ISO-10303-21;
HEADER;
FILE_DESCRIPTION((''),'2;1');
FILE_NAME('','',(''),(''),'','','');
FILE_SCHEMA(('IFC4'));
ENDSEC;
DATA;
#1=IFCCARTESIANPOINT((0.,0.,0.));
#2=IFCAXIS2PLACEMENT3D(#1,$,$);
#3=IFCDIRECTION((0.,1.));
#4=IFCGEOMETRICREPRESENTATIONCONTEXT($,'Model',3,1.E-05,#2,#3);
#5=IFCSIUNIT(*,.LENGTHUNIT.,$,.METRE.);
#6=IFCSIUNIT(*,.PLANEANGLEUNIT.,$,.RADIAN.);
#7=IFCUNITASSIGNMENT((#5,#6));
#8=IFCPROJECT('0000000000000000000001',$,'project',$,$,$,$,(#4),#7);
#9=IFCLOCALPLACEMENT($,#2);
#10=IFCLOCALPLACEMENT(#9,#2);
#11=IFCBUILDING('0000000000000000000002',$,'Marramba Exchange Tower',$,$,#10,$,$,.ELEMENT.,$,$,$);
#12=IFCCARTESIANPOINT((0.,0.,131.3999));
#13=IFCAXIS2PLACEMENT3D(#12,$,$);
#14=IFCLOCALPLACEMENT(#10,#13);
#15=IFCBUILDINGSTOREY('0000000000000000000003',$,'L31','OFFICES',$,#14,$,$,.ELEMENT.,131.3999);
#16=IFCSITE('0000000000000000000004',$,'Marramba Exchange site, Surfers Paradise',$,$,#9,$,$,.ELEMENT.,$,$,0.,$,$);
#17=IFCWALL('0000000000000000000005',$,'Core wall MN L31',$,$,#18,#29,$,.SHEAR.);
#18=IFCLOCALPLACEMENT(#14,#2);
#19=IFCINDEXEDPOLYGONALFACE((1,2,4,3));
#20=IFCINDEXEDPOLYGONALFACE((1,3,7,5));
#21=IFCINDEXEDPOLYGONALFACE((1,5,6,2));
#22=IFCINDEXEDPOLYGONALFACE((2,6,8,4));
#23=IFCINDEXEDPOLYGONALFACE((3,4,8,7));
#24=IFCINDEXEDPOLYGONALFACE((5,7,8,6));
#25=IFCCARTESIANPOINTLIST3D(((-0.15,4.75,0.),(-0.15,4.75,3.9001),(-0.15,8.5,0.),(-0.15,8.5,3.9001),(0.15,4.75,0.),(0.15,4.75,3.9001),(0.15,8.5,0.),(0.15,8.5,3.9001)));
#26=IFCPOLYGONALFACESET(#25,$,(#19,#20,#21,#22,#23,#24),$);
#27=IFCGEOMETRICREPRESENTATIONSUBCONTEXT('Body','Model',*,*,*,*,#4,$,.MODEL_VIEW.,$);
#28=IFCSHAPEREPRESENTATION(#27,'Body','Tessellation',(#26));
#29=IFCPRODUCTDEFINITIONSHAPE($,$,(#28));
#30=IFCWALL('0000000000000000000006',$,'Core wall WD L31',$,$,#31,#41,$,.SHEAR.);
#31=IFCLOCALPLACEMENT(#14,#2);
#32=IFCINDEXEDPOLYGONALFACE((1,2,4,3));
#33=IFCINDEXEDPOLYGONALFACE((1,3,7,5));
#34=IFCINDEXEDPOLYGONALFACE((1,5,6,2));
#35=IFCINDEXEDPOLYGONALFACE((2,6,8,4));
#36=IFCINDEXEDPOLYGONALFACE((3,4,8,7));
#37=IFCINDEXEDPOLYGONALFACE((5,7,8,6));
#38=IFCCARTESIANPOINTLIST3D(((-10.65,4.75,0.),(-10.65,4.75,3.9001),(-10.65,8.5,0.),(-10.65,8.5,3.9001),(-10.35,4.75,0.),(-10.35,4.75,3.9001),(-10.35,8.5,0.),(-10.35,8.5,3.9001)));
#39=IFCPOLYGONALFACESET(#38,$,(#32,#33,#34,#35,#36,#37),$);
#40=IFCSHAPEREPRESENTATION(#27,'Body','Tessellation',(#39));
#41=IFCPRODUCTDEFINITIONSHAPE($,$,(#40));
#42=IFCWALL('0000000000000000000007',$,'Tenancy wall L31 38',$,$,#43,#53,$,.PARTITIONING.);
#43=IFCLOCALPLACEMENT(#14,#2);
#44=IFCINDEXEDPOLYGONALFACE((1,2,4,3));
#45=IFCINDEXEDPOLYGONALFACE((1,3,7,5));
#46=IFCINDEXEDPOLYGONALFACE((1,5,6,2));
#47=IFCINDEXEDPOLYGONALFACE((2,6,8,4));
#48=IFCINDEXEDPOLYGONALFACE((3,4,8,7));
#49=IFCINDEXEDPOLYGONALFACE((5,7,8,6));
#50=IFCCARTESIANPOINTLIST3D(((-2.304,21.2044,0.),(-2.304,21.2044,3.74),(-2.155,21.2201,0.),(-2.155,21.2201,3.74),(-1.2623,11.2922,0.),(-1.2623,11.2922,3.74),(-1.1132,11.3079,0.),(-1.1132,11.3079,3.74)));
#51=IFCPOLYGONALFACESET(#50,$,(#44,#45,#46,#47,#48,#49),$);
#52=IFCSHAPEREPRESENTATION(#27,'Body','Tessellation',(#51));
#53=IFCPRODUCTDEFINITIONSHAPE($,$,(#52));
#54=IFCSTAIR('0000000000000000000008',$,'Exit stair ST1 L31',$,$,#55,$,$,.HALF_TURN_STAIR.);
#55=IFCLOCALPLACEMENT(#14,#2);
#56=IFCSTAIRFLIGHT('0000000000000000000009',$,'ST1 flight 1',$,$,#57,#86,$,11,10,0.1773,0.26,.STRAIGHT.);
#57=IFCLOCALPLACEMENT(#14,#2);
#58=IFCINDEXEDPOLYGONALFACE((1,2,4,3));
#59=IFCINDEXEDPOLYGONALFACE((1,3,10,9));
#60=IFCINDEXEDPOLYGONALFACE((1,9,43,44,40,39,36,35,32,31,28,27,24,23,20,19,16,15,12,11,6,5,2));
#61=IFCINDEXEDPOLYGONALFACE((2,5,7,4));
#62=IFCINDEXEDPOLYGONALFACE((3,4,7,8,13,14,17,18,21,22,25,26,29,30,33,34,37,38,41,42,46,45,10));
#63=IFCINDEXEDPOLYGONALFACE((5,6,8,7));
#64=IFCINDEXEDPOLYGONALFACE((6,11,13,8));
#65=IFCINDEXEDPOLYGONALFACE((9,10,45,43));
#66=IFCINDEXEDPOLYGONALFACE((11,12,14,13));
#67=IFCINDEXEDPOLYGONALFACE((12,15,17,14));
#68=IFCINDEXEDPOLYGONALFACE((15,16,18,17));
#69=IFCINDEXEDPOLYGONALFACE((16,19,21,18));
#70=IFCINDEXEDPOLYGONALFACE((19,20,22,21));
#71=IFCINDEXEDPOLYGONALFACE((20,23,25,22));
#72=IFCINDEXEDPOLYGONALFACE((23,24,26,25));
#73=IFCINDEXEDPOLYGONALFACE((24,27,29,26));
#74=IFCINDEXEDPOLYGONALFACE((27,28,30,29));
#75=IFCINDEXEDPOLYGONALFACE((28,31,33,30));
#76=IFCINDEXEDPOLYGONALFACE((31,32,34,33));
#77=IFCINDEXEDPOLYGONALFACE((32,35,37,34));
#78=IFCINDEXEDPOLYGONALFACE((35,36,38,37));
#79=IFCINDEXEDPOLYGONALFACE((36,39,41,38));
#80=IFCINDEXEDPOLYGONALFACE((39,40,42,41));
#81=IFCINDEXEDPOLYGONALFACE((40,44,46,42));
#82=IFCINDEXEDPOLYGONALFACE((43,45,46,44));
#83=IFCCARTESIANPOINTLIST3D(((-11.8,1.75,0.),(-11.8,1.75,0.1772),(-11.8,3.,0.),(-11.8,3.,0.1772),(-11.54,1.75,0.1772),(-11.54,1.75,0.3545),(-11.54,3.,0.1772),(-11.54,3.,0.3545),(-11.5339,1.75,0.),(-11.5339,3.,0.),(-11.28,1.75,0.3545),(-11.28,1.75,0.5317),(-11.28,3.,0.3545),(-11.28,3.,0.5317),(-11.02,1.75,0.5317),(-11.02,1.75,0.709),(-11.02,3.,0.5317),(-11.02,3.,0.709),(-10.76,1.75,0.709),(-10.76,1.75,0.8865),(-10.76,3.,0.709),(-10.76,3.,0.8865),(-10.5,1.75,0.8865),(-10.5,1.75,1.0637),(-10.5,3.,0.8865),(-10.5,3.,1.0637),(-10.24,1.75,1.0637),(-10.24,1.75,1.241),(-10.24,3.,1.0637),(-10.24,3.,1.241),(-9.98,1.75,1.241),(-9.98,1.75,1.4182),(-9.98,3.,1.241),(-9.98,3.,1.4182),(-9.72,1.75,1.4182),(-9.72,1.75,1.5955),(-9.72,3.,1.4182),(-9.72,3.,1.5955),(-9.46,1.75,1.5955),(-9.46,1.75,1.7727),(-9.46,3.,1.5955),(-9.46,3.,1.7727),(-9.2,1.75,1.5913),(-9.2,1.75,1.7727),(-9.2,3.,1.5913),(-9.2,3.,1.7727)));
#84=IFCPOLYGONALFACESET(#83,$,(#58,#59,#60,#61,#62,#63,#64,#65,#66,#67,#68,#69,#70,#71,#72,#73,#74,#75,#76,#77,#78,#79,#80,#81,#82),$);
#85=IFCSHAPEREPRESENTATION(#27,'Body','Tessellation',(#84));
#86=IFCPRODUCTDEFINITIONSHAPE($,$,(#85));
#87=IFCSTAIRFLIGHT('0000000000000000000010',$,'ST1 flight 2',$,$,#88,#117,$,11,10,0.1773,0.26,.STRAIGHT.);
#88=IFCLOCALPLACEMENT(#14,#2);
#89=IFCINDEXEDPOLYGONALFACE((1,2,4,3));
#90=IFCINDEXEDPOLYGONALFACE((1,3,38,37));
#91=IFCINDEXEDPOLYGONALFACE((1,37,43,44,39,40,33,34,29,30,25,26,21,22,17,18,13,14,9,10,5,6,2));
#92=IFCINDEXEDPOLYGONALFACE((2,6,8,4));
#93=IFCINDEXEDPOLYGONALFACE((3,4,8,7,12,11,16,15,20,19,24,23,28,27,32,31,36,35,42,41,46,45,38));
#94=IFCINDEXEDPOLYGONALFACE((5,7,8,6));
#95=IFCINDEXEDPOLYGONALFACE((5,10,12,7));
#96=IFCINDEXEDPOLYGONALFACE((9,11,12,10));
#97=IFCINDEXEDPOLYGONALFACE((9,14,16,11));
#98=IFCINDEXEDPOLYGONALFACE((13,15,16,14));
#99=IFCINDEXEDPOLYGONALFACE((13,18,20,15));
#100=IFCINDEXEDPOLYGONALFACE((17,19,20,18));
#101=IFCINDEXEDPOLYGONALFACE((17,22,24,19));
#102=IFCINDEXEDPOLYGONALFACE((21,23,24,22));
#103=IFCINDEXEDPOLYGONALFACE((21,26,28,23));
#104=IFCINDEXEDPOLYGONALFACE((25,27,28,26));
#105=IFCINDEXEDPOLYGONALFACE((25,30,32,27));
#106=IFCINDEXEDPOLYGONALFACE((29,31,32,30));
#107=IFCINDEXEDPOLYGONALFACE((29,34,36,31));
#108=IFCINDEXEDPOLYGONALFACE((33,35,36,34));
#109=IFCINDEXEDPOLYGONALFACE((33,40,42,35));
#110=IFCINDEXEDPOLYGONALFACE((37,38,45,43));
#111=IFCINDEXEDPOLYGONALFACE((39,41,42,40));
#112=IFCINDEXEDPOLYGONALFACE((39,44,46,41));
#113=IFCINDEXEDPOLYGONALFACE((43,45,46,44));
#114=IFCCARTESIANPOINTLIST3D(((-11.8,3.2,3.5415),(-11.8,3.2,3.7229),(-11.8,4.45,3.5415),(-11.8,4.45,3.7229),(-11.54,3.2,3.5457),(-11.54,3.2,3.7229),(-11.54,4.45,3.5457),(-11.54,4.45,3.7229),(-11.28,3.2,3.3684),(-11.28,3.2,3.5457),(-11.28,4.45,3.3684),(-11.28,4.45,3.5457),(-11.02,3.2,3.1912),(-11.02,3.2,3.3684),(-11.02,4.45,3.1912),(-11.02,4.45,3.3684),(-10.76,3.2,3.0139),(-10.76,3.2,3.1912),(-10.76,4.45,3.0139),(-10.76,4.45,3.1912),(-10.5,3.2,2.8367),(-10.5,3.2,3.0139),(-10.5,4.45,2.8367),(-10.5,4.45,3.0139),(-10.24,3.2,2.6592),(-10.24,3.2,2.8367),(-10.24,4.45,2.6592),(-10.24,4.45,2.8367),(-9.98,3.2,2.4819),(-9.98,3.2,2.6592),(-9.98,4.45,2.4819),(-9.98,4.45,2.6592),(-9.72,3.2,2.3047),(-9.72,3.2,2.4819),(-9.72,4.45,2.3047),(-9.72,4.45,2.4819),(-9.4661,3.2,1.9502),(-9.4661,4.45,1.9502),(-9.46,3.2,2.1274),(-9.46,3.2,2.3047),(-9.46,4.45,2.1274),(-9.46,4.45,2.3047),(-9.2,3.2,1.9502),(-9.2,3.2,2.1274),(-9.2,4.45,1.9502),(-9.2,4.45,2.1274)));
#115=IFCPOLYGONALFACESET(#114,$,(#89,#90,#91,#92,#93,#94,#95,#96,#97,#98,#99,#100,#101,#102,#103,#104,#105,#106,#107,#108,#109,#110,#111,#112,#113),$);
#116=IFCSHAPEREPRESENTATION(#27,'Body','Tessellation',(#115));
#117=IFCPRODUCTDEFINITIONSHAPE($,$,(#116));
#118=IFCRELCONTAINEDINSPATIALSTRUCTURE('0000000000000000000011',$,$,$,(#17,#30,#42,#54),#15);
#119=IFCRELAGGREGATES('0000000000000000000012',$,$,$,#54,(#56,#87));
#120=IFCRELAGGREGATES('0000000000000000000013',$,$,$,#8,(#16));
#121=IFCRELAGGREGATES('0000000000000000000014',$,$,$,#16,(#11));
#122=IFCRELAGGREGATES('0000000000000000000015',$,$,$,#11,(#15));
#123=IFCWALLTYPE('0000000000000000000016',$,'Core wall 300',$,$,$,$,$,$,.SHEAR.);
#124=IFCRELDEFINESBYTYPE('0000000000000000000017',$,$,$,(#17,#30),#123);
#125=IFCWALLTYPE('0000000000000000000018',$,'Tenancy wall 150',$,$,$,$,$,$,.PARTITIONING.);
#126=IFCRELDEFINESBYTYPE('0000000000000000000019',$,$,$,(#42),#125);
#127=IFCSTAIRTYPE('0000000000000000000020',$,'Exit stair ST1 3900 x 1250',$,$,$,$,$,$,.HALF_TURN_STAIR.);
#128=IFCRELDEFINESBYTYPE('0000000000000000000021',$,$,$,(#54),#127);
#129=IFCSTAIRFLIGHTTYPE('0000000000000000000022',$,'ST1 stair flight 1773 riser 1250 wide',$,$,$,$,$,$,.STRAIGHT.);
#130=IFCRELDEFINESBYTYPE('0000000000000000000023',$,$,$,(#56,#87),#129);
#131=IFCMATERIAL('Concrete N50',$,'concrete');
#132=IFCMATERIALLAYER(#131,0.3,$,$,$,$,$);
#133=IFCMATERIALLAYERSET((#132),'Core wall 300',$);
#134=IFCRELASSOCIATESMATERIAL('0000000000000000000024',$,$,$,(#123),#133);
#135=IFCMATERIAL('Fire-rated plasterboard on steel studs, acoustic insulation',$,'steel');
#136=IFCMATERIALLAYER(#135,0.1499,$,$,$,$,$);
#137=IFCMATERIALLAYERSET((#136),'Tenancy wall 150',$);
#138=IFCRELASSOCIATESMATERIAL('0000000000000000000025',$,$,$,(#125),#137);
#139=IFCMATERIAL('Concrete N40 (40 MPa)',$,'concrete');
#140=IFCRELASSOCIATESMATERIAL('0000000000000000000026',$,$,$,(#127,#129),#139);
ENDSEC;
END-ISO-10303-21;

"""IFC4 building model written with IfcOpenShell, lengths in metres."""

from ifc_helpers import new_model, si_unit, direction, frame, frame_2d, origin, place, context, subcontext, project, spatial, polyline, rectangle, outline, extrude, material, layer, layer_set, type_object, element, aggregate, save


model = new_model("IFC4")

# Units and contexts
model_context = context("Model", 3, precision=1e-05, world=origin(), true_north=direction((0.0, 1.0)))
body_context = subcontext(model_context, "Body", "Model", "MODEL_VIEW")
ifc_project = project(units=[si_unit("LENGTHUNIT", "METRE"), si_unit("PLANEANGLEUNIT", "RADIAN")], contexts=[model_context])

# Site, building, storey
site_placement = place(None, origin())
site = spatial("IfcSite", under=ifc_project, at=site_placement, Name="Marramba Exchange site, Surfers Paradise", CompositionType="ELEMENT", RefElevation=0.0)
building_placement = place(site_placement, origin())
building = spatial("IfcBuilding", under=site, at=building_placement, Name="Marramba Exchange Tower", CompositionType="ELEMENT")
storey_placement = place(building_placement, frame((0.0, 0.0, 131.3999)))
storey = spatial("IfcBuildingStorey", under=building, at=storey_placement, Name="L31", Description="OFFICES", CompositionType="ELEMENT", Elevation=131.3999)

# Shared definitions
ifc_material_1 = material(Name="Concrete N50", Category="concrete")

# Walls
ifc_layer_1 = layer(ifc_material_1, 0.3)
ifc_layer_set_1 = layer_set([ifc_layer_1], Name="Core wall 300")
wall_type_1 = type_object("IfcWallType", Name="Core wall 300", PredefinedType="SHEAR", material=ifc_layer_set_1)
for number, where, z_axis, x_axis, name in (
    (1, (0.0, 4.75, 0.0), (0.0, 0.0, 1.0), (0.0, 1.0, 0.0), "Core wall MN L31"),
    (2, (-10.5, 4.75, 0.0), (0.0, 0.0, 1.0), (0.0, 1.0, 0.0), "Core wall WD L31"),
):
    element("IfcWall", number, at=place(storey_placement, frame(where, z_axis=z_axis, x_axis=x_axis)), inside=storey, type_object=wall_type_1, Name=name, PredefinedType="SHEAR", context=body_context, shape_type="SweptSolid", body=[
        extrude(rectangle(XDim=3.75, YDim=0.3, at=frame_2d((1.875, 0.0))), origin(), (0.0, 0.0, 1.0), 3.9001),
    ])
ifc_material_2 = material(Name="Fire-rated plasterboard on steel studs, acoustic insulation", Category="steel")
ifc_layer_2 = layer(ifc_material_2, 0.1499)
ifc_layer_set_2 = layer_set([ifc_layer_2], Name="Tenancy wall 150")
wall_type_2 = type_object("IfcWallType", Name="Tenancy wall 150", PredefinedType="PARTITIONING", material=ifc_layer_set_2)
wall_1_placement = place(storey_placement, frame((-1.1877, 11.3, 0.0), z_axis=(0.0, 0.0, 1.0), x_axis=(-0.104523, 0.994522, 0.0)))
element("IfcWall", 3, at=wall_1_placement, inside=storey, type_object=wall_type_2, Name="Tenancy wall L31 38", PredefinedType="PARTITIONING", context=body_context, shape_type="SweptSolid", body=[
    extrude(rectangle(XDim=9.9668, YDim=0.1499, at=frame_2d((4.9834, 0.0))), origin(), (0.0, 0.0, 1.0), 3.74),
])

# Stair, stair flights
ifc_material_3 = material(Name="Concrete N40 (40 MPa)", Category="concrete")
stair_type = type_object("IfcStairType", Name="Exit stair ST1 3900 x 1250", PredefinedType="HALF_TURN_STAIR", material=ifc_material_3)
stair_placement = place(storey_placement, origin())
stair = element("IfcStair", 4, at=stair_placement, inside=storey, type_object=stair_type, Name="Exit stair ST1 L31", PredefinedType="HALF_TURN_STAIR")
stair_flight_type = type_object("IfcStairFlightType", Name="ST1 stair flight 1773 riser 1250 wide", PredefinedType="STRAIGHT", material=ifc_material_3)
stair_flight_1_placement = place(storey_placement, frame((-11.8, 2.375, 0.0), z_axis=(0.0, 0.0, 1.0), x_axis=(1.0, 0.0, 0.0)))
stair_flight_1 = element("IfcStairFlight", 5, at=stair_flight_1_placement, type_object=stair_flight_type, Name="ST1 flight 1", NumberOfRisers=11, NumberOfTreads=10, PredefinedType="STRAIGHT", RiserHeight=0.1773, TreadLength=0.26, context=body_context, shape_type="SweptSolid", body=[
    extrude(outline(polyline([(0.0, 0.0), (0.0, 0.1772), (0.26, 0.1772), (0.26, 0.3545), (0.52, 0.3545), (0.52, 0.5317), (0.78, 0.5317), (0.78, 0.709), (1.04, 0.709), (1.04, 0.8865), (1.3, 0.8865), (1.3, 1.0637), (1.5601, 1.0637), (1.5601, 1.241), (1.8201, 1.241), (1.8201, 1.4182), (2.0801, 1.4182), (2.0801, 1.5955), (2.3401, 1.5955), (2.3401, 1.7727), (2.6001, 1.7727), (2.6001, 1.95), (2.6001, 1.5913), (0.2661, 0.0), (0.0, 0.0)])), frame((0.0, 0.625, 0.0), z_axis=(0.0, -1.0, 0.0), x_axis=(1.0, 0.0, 0.0)), (0.0, 0.0, 1.0), 1.25),
])
stair_flight_2_placement = place(storey_placement, frame((-9.2, 3.825, 1.9502), z_axis=(0.0, 0.0, 1.0), x_axis=(-1.0, 0.0, 0.0)))
stair_flight_2 = element("IfcStairFlight", 6, at=stair_flight_2_placement, type_object=stair_flight_type, Name="ST1 flight 2", NumberOfRisers=11, NumberOfTreads=10, PredefinedType="STRAIGHT", RiserHeight=0.1773, TreadLength=0.26, context=body_context, shape_type="SweptSolid", body=[
    extrude(outline(polyline([(0.0, 0.0), (0.0, 0.1772), (0.26, 0.1772), (0.26, 0.3545), (0.52, 0.3545), (0.52, 0.5317), (0.78, 0.5317), (0.78, 0.709), (1.04, 0.709), (1.04, 0.8865), (1.3, 0.8865), (1.3, 1.0637), (1.5601, 1.0637), (1.5601, 1.241), (1.8201, 1.241), (1.8201, 1.4182), (2.0801, 1.4182), (2.0801, 1.5955), (2.3401, 1.5955), (2.3401, 1.7727), (2.6001, 1.7727), (2.6001, 1.95), (2.6001, 1.5913), (0.2661, 0.0), (0.0, 0.0)])), frame((0.0, 0.625, 0.0), z_axis=(0.0, -1.0, 0.0), x_axis=(1.0, 0.0, 0.0)), (0.0, 0.0, 1.0), 1.25),
])
aggregate(stair, [stair_flight_1, stair_flight_2])

save(model, "model.ifc")
